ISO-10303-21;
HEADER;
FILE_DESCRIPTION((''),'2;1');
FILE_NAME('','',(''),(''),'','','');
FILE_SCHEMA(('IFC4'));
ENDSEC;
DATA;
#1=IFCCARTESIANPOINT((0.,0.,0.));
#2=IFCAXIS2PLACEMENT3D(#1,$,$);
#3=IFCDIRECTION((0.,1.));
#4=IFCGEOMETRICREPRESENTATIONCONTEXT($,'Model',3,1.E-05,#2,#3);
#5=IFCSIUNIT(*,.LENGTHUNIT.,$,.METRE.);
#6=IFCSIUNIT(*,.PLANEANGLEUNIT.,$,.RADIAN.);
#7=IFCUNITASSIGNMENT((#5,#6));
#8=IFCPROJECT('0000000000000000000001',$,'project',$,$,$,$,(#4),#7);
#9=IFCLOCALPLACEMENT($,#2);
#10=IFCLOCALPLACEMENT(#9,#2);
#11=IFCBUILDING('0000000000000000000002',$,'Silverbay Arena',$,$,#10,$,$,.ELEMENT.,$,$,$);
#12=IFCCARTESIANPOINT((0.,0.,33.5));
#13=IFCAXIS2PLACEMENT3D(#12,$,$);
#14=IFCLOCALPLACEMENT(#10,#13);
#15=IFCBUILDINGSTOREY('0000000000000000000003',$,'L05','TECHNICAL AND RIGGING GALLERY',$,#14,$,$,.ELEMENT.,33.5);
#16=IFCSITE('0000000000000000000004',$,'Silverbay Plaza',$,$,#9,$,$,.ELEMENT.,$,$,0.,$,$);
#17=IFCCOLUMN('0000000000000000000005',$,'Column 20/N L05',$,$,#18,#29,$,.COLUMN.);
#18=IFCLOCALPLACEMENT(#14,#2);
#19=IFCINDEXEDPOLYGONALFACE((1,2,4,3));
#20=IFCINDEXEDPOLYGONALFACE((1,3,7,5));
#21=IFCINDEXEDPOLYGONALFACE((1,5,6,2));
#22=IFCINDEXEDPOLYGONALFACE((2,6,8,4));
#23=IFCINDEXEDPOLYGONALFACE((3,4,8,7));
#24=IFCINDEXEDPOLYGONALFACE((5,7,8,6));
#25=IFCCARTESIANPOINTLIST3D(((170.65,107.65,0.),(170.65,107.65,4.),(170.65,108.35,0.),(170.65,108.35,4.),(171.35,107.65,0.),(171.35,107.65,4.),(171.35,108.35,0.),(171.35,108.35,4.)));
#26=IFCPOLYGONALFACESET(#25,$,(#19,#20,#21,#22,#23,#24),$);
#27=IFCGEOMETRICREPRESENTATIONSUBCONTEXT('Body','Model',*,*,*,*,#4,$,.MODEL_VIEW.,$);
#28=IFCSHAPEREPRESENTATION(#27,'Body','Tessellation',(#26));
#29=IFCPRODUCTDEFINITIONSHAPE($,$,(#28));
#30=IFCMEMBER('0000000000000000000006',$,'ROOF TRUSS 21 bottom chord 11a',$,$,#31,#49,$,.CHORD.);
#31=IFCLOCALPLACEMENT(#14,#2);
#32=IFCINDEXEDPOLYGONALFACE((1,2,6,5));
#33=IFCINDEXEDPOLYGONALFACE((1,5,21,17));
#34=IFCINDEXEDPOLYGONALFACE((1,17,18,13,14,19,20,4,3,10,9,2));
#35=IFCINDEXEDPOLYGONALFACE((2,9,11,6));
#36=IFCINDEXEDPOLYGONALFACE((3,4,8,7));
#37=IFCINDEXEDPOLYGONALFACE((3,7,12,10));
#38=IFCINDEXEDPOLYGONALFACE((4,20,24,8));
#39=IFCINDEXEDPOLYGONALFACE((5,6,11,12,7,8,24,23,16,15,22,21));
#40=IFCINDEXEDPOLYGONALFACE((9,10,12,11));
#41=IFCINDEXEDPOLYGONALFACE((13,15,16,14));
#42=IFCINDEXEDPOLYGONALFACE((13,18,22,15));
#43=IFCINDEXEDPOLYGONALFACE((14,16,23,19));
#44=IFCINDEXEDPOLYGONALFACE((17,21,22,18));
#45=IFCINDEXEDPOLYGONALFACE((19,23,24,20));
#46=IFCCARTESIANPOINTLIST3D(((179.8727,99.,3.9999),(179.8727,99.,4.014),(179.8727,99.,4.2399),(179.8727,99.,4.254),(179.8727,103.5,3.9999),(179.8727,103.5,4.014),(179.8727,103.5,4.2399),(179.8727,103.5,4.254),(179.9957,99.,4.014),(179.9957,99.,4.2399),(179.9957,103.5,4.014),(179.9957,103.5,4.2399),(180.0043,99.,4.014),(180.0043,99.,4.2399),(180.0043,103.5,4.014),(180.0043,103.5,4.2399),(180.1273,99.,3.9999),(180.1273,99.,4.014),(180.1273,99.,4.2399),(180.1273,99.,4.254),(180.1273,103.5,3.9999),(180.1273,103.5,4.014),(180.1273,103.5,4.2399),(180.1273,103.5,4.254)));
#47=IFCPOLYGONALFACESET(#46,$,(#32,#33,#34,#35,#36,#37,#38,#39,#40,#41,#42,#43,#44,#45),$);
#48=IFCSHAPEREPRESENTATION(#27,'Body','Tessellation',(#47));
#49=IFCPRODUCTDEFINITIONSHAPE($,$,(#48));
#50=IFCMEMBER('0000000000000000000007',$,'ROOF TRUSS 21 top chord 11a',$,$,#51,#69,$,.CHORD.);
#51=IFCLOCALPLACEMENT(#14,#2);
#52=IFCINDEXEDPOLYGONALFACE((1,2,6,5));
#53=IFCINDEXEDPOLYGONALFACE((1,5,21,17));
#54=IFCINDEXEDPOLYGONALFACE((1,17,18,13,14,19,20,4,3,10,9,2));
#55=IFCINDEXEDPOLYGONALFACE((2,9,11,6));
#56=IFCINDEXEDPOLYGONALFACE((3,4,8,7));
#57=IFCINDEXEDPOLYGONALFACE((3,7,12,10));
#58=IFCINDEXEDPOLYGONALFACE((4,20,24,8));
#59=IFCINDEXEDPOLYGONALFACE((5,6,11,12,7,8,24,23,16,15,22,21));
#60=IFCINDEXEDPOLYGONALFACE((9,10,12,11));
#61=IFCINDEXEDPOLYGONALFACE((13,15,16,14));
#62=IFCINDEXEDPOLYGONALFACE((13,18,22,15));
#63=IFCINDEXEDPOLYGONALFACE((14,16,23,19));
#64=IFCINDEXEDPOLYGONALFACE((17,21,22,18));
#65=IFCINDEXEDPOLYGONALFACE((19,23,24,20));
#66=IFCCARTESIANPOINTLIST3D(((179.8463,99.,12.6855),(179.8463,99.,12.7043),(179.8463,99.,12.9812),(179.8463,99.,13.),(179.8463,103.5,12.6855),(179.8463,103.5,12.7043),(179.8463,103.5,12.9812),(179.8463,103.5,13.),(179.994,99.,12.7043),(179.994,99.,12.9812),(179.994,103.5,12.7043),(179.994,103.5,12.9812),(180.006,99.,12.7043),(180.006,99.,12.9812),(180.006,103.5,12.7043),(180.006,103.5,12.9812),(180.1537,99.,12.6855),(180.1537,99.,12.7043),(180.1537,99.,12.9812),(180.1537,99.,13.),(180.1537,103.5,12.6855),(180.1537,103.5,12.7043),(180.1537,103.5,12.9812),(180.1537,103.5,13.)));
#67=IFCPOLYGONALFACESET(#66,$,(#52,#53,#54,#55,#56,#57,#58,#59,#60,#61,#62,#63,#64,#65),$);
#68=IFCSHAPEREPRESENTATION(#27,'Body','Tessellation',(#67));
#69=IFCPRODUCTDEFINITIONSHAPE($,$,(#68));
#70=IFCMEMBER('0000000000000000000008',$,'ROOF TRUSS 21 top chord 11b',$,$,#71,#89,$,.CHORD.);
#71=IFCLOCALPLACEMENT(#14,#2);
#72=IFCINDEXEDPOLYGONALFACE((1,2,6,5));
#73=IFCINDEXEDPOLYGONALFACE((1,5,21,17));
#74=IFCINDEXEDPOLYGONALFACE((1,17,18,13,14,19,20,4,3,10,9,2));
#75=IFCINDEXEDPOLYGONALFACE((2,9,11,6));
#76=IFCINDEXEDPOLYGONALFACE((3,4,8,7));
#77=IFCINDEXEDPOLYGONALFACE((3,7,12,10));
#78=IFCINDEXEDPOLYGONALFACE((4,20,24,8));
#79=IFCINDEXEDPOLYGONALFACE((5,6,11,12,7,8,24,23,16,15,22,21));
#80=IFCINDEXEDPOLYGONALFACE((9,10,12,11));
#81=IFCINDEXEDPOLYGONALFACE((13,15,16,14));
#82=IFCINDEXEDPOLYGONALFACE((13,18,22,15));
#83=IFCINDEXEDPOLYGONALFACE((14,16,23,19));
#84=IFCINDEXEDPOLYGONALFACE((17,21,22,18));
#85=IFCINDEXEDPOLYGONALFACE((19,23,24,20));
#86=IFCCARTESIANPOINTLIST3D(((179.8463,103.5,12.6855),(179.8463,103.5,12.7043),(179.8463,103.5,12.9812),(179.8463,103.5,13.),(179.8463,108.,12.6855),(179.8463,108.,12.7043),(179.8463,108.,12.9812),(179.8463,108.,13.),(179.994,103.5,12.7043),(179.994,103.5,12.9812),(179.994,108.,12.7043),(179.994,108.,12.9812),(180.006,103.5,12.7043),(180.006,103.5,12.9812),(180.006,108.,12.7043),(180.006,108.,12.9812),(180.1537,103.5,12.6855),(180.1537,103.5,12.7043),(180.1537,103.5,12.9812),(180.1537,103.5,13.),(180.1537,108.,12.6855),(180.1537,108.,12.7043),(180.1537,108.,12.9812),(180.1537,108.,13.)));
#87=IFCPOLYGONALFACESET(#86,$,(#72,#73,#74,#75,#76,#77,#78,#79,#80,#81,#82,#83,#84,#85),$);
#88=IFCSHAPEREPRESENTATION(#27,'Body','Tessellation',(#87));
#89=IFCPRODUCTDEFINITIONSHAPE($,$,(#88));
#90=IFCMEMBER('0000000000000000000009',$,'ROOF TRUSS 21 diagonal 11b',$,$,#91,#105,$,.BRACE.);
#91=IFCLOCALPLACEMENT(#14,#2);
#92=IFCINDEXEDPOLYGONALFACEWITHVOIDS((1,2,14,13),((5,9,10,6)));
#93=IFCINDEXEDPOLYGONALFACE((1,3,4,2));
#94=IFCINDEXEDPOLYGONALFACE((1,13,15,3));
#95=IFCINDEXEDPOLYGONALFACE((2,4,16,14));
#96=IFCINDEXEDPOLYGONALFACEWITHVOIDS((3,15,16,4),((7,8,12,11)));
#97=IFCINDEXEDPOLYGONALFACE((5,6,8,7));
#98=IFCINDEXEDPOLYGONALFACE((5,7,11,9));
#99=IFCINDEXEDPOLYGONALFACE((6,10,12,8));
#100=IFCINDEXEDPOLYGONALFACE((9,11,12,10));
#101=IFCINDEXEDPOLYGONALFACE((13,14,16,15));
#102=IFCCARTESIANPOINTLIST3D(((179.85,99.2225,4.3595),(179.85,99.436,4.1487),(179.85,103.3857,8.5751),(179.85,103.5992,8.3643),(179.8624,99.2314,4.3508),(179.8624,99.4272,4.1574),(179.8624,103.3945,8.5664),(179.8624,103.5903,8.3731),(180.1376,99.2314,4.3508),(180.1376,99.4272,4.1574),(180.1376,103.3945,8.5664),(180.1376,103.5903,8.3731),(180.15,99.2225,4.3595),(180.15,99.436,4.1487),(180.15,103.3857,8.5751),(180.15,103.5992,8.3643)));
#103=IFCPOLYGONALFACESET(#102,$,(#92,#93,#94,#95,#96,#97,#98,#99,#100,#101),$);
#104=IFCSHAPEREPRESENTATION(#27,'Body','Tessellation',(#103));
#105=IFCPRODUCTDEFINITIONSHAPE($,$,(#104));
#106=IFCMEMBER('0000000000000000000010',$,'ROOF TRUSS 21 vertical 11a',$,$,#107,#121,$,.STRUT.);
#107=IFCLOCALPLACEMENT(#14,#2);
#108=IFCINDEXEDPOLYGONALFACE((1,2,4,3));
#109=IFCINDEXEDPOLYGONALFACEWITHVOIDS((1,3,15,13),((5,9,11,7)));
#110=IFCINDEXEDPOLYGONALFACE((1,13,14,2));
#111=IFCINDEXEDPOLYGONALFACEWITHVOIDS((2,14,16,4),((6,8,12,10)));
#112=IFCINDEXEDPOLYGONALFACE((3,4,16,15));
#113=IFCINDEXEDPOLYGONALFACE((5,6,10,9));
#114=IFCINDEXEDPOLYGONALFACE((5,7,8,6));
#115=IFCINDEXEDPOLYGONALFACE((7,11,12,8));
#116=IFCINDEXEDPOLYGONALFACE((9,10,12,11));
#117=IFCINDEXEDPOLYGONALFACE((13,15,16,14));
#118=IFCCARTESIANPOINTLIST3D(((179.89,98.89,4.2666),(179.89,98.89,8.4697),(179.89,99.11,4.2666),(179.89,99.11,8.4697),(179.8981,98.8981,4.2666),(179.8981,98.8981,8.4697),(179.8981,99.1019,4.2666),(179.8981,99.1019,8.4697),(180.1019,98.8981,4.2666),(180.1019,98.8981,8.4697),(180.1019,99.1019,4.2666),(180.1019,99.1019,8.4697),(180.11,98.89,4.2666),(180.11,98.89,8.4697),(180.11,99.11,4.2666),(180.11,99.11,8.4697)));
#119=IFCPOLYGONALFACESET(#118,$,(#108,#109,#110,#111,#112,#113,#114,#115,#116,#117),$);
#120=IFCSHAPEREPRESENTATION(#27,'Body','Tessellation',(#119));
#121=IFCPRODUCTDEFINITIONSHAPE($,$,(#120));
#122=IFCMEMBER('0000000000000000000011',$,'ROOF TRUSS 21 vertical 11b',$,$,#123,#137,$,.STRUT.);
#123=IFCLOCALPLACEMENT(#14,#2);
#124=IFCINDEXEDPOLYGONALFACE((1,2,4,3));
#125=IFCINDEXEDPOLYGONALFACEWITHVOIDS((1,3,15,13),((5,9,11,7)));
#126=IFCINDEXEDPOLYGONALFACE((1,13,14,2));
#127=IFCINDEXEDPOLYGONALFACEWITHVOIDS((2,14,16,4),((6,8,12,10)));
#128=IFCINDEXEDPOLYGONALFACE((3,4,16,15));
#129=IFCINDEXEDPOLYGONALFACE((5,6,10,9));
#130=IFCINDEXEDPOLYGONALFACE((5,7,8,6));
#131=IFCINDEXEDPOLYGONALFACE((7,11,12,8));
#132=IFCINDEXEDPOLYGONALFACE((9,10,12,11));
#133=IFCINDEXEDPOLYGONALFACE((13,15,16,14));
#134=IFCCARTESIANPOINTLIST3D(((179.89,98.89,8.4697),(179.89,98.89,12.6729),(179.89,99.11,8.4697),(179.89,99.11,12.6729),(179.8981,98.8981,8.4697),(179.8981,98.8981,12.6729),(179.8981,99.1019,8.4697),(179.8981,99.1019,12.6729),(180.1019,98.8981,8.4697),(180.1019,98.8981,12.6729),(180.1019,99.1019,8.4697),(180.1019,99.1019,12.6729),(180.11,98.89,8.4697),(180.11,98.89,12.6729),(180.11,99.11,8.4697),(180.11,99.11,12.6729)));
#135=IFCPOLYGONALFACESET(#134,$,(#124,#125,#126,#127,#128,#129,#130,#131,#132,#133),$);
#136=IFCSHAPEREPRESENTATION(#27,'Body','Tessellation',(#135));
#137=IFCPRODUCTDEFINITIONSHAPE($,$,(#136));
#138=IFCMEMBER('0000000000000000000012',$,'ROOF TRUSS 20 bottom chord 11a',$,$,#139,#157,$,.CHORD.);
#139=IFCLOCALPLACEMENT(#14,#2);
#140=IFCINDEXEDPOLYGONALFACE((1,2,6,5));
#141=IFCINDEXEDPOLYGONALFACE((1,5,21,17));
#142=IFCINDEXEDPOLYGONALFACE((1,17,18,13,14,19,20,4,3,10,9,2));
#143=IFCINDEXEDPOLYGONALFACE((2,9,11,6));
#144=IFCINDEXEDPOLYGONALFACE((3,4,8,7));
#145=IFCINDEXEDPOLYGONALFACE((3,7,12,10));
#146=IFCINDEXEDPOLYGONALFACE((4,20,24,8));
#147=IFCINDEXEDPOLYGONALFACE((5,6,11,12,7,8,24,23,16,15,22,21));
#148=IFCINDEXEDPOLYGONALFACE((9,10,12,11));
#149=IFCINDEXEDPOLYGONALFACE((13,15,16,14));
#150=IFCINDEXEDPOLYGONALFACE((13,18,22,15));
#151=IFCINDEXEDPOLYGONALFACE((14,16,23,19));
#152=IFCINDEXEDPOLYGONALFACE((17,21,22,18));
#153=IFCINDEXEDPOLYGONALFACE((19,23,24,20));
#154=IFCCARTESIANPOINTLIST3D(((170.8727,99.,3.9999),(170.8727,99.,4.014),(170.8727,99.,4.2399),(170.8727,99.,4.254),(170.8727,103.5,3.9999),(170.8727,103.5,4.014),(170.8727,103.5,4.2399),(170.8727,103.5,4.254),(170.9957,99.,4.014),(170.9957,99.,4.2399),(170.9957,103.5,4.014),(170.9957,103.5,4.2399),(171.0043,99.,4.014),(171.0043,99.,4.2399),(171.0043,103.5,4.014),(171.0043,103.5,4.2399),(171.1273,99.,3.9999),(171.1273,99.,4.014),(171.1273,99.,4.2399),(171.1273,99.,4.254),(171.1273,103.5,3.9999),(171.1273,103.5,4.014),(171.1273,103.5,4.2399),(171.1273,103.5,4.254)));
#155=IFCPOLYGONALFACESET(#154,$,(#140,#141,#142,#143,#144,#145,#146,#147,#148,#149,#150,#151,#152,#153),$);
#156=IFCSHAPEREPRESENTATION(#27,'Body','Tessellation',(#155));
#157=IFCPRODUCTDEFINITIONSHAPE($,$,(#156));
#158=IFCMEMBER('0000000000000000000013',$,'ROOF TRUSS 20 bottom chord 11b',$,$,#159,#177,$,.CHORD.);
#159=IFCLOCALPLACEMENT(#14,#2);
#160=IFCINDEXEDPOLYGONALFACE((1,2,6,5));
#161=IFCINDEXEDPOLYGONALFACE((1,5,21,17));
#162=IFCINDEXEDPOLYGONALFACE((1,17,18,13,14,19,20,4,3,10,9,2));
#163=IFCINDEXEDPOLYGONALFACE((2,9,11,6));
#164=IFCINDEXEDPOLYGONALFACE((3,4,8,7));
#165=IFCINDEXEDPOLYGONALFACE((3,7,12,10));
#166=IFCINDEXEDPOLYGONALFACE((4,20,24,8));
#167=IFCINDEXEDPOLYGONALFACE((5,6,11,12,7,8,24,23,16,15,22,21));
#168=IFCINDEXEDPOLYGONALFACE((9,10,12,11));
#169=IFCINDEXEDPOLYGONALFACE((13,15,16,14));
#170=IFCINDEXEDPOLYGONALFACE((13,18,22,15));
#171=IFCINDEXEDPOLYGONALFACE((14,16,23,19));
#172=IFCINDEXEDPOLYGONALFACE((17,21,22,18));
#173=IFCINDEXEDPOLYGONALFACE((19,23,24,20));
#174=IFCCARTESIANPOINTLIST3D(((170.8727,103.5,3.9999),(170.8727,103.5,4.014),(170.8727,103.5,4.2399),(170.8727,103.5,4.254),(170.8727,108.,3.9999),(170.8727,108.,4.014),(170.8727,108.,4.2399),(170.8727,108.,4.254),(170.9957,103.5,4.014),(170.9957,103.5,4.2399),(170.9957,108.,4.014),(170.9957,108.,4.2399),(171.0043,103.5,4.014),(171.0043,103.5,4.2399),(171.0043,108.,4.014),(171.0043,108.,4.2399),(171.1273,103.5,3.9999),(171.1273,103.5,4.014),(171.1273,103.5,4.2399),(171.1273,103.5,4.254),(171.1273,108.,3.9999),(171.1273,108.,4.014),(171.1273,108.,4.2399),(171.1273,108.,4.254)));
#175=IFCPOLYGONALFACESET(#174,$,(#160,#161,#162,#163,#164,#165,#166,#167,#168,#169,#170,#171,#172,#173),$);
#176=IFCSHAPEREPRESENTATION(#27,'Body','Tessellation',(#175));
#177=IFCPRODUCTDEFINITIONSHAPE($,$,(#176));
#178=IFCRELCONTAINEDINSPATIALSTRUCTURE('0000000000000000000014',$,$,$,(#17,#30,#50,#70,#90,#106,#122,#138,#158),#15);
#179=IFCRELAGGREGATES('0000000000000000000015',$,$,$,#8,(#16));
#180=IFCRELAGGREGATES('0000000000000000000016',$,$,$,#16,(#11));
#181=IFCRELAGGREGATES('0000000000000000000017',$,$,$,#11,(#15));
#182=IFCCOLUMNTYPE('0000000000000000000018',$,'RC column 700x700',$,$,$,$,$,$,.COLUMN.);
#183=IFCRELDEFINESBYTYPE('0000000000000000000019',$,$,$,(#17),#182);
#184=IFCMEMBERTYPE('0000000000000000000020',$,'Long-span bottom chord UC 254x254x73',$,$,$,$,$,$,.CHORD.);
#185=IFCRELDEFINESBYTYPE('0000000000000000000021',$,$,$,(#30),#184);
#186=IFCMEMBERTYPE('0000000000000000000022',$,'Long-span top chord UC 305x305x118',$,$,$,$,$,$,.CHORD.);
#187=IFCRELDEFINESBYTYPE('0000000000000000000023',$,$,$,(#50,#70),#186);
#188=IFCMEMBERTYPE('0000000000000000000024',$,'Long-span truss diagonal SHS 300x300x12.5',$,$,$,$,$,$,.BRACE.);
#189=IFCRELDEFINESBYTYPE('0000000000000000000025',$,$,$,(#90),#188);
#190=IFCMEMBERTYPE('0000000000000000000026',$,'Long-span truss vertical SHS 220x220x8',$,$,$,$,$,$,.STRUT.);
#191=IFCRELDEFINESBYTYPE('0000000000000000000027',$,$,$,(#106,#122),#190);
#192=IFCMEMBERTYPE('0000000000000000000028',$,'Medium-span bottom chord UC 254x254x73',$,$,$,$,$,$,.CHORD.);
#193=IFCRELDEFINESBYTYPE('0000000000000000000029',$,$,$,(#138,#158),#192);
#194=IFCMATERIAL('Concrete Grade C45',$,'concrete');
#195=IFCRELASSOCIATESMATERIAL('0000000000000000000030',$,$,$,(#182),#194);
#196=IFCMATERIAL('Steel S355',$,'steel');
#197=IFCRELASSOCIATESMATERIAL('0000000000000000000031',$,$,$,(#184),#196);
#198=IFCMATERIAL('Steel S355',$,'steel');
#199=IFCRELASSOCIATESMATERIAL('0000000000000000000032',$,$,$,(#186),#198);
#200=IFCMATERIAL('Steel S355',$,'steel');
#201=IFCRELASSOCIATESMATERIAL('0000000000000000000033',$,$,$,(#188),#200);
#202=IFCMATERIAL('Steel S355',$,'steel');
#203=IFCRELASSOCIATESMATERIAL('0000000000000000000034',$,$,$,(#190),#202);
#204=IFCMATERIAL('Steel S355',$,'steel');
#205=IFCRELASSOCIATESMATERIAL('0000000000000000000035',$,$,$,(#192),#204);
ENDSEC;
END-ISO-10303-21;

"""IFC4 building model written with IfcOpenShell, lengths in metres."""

from ifc_helpers import new_model, si_unit, direction, frame, origin, origin_2d, place, context, subcontext, project, spatial, rectangle, hollow_rectangle, i_section, extrude, material, material_profile, profile_set, type_object, element, save


model = new_model("IFC4")

# Units and contexts
model_context = context("Model", 3, precision=1e-05, world=origin(), true_north=direction((0.0, 1.0)))
body_context = subcontext(model_context, "Body", "Model", "MODEL_VIEW")
ifc_project = project(units=[si_unit("LENGTHUNIT", "METRE"), si_unit("PLANEANGLEUNIT", "RADIAN")], contexts=[model_context])

# Site, building, storey
site_placement = place(None, origin())
site = spatial("IfcSite", under=ifc_project, at=site_placement, Name="Silverbay Plaza", CompositionType="ELEMENT", RefElevation=0.0)
building_placement = place(site_placement, origin())
building = spatial("IfcBuilding", under=site, at=building_placement, Name="Silverbay Arena", CompositionType="ELEMENT")
storey_placement = place(building_placement, frame((0.0, 0.0, 33.5)))
storey = spatial("IfcBuildingStorey", under=building, at=storey_placement, Name="L05", Description="TECHNICAL AND RIGGING GALLERY", CompositionType="ELEMENT", Elevation=33.5)

# Column
ifc_material_1 = material(Name="Concrete Grade C45", Category="concrete")
ifc_material_profile_1 = material_profile(ifc_material_1, rectangle(XDim=0.7, YDim=0.7, at=origin_2d()), Name="RC 700x700")
ifc_profile_set_1 = profile_set([ifc_material_profile_1], Name="Concrete Grade C45")
column_type = type_object("IfcColumnType", Name="RC column 700x700", PredefinedType="COLUMN", material=ifc_profile_set_1)
column_placement = place(storey_placement, frame((171.0, 108.0, 0.0), z_axis=(0.0, 0.0, 1.0), x_axis=(1.0, 0.0, 0.0)))
element("IfcColumn", 1, at=column_placement, inside=storey, type_object=column_type, Name="Column 20/N L05", PredefinedType="COLUMN", context=body_context, shape_type="SweptSolid", body=[
    extrude(rectangle(XDim=0.7, YDim=0.7, at=origin_2d()), origin(), (0.0, 0.0, 1.0), 4.0),
])

# Members
ifc_material_2 = material(Name="Steel S355", Category="steel")
ifc_material_profile_2 = material_profile(ifc_material_2, i_section(OverallWidth=0.2546, OverallDepth=0.2542, WebThickness=0.0085, FlangeThickness=0.0142, at=origin_2d()), Name="UC 254x254x73")
ifc_profile_set_2 = profile_set([ifc_material_profile_2], Name="Steel S355")
member_type_1 = type_object("IfcMemberType", Name="Long-span bottom chord UC 254x254x73", PredefinedType="CHORD", material=ifc_profile_set_2)
member_1_placement = place(storey_placement, frame((180.0, 99.0, 4.127), z_axis=(0.0, 1.0, 0.0), x_axis=(-1.0, 0.0, 0.0)))
element("IfcMember", 2, at=member_1_placement, inside=storey, type_object=member_type_1, Name="ROOF TRUSS 21 bottom chord 11a", PredefinedType="CHORD", context=body_context, shape_type="SweptSolid", body=[
    extrude(i_section(OverallWidth=0.2546, OverallDepth=0.2542, WebThickness=0.0085, FlangeThickness=0.0142, at=origin_2d()), origin(), (0.0, 0.0, 1.0), 4.5),
])
ifc_material_3 = material(Name="Steel S355", Category="steel")
ifc_material_profile_3 = material_profile(ifc_material_3, i_section(OverallWidth=0.3074, OverallDepth=0.3145, WebThickness=0.012, FlangeThickness=0.0188, at=origin_2d()), Name="UC 305x305x118")
ifc_profile_set_3 = profile_set([ifc_material_profile_3], Name="Steel S355")
member_type_2 = type_object("IfcMemberType", Name="Long-span top chord UC 305x305x118", PredefinedType="CHORD", material=ifc_profile_set_3)
for number, where, z_axis, x_axis, name in (
    (3, (180.0, 99.0, 12.8428), (0.0, 1.0, 0.0), (-1.0, 0.0, 0.0), "ROOF TRUSS 21 top chord 11a"),
    (4, (180.0, 103.5, 12.8428), (0.0, 1.0, 0.0), (-1.0, 0.0, 0.0), "ROOF TRUSS 21 top chord 11b"),
):
    element("IfcMember", number, at=place(storey_placement, frame(where, z_axis=z_axis, x_axis=x_axis)), inside=storey, type_object=member_type_2, Name=name, PredefinedType="CHORD", context=body_context, shape_type="SweptSolid", body=[
        extrude(i_section(OverallWidth=0.3074, OverallDepth=0.3145, WebThickness=0.012, FlangeThickness=0.0188, at=origin_2d()), origin(), (0.0, 0.0, 1.0), 4.5),
    ])
ifc_material_4 = material(Name="Steel S355", Category="steel")
ifc_material_profile_4 = material_profile(ifc_material_4, hollow_rectangle(XDim=0.3, YDim=0.3, WallThickness=0.0125, at=origin_2d()), Name="SHS 300x300x12.5")
ifc_profile_set_4 = profile_set([ifc_material_profile_4], Name="Steel S355")
member_type_3 = type_object("IfcMemberType", Name="Long-span truss diagonal SHS 300x300x12.5", PredefinedType="BRACE", material=ifc_profile_set_4)
member_2_placement = place(storey_placement, frame((180.0, 103.4924, 8.4697), z_axis=(0.0, -0.702663, -0.711523), x_axis=(1.0, 0.0, 0.0)))
element("IfcMember", 5, at=member_2_placement, inside=storey, type_object=member_type_3, Name="ROOF TRUSS 21 diagonal 11b", PredefinedType="BRACE", context=body_context, shape_type="SweptSolid", body=[
    extrude(hollow_rectangle(XDim=0.3, YDim=0.3, WallThickness=0.0125, at=origin_2d()), origin(), (0.0, 0.0, 1.0), 5.9248),
])
ifc_material_5 = material(Name="Steel S355", Category="steel")
ifc_material_profile_5 = material_profile(ifc_material_5, hollow_rectangle(XDim=0.22, YDim=0.22, WallThickness=0.0081, at=origin_2d()), Name="SHS 220x220x8")
ifc_profile_set_5 = profile_set([ifc_material_profile_5], Name="Steel S355")
member_type_4 = type_object("IfcMemberType", Name="Long-span truss vertical SHS 220x220x8", PredefinedType="STRUT", material=ifc_profile_set_5)
for number, where, z_axis, x_axis, name in (
    (6, (180.0, 99.0, 4.2666), (0.0, 0.0, 1.0), (1.0, 0.0, 0.0), "ROOF TRUSS 21 vertical 11a"),
    (7, (180.0, 99.0, 8.4697), (0.0, 0.0, 1.0), (1.0, 0.0, 0.0), "ROOF TRUSS 21 vertical 11b"),
):
    element("IfcMember", number, at=place(storey_placement, frame(where, z_axis=z_axis, x_axis=x_axis)), inside=storey, type_object=member_type_4, Name=name, PredefinedType="STRUT", context=body_context, shape_type="SweptSolid", body=[
        extrude(hollow_rectangle(XDim=0.22, YDim=0.22, WallThickness=0.0081, at=origin_2d()), origin(), (0.0, 0.0, 1.0), 4.2031),
    ])
ifc_material_6 = material(Name="Steel S355", Category="steel")
ifc_material_profile_6 = material_profile(ifc_material_6, i_section(OverallWidth=0.2546, OverallDepth=0.2542, WebThickness=0.0085, FlangeThickness=0.0142, at=origin_2d()), Name="UC 254x254x73")
ifc_profile_set_6 = profile_set([ifc_material_profile_6], Name="Steel S355")
member_type_5 = type_object("IfcMemberType", Name="Medium-span bottom chord UC 254x254x73", PredefinedType="CHORD", material=ifc_profile_set_6)
for number, where, z_axis, x_axis, name in (
    (8, (171.0, 99.0, 4.127), (0.0, 1.0, 0.0), (-1.0, 0.0, 0.0), "ROOF TRUSS 20 bottom chord 11a"),
    (9, (171.0, 103.5, 4.127), (0.0, 1.0, 0.0), (-1.0, 0.0, 0.0), "ROOF TRUSS 20 bottom chord 11b"),
):
    element("IfcMember", number, at=place(storey_placement, frame(where, z_axis=z_axis, x_axis=x_axis)), inside=storey, type_object=member_type_5, Name=name, PredefinedType="CHORD", context=body_context, shape_type="SweptSolid", body=[
        extrude(i_section(OverallWidth=0.2546, OverallDepth=0.2542, WebThickness=0.0085, FlangeThickness=0.0142, at=origin_2d()), origin(), (0.0, 0.0, 1.0), 4.5),
    ])

save(model, "model.ifc")
